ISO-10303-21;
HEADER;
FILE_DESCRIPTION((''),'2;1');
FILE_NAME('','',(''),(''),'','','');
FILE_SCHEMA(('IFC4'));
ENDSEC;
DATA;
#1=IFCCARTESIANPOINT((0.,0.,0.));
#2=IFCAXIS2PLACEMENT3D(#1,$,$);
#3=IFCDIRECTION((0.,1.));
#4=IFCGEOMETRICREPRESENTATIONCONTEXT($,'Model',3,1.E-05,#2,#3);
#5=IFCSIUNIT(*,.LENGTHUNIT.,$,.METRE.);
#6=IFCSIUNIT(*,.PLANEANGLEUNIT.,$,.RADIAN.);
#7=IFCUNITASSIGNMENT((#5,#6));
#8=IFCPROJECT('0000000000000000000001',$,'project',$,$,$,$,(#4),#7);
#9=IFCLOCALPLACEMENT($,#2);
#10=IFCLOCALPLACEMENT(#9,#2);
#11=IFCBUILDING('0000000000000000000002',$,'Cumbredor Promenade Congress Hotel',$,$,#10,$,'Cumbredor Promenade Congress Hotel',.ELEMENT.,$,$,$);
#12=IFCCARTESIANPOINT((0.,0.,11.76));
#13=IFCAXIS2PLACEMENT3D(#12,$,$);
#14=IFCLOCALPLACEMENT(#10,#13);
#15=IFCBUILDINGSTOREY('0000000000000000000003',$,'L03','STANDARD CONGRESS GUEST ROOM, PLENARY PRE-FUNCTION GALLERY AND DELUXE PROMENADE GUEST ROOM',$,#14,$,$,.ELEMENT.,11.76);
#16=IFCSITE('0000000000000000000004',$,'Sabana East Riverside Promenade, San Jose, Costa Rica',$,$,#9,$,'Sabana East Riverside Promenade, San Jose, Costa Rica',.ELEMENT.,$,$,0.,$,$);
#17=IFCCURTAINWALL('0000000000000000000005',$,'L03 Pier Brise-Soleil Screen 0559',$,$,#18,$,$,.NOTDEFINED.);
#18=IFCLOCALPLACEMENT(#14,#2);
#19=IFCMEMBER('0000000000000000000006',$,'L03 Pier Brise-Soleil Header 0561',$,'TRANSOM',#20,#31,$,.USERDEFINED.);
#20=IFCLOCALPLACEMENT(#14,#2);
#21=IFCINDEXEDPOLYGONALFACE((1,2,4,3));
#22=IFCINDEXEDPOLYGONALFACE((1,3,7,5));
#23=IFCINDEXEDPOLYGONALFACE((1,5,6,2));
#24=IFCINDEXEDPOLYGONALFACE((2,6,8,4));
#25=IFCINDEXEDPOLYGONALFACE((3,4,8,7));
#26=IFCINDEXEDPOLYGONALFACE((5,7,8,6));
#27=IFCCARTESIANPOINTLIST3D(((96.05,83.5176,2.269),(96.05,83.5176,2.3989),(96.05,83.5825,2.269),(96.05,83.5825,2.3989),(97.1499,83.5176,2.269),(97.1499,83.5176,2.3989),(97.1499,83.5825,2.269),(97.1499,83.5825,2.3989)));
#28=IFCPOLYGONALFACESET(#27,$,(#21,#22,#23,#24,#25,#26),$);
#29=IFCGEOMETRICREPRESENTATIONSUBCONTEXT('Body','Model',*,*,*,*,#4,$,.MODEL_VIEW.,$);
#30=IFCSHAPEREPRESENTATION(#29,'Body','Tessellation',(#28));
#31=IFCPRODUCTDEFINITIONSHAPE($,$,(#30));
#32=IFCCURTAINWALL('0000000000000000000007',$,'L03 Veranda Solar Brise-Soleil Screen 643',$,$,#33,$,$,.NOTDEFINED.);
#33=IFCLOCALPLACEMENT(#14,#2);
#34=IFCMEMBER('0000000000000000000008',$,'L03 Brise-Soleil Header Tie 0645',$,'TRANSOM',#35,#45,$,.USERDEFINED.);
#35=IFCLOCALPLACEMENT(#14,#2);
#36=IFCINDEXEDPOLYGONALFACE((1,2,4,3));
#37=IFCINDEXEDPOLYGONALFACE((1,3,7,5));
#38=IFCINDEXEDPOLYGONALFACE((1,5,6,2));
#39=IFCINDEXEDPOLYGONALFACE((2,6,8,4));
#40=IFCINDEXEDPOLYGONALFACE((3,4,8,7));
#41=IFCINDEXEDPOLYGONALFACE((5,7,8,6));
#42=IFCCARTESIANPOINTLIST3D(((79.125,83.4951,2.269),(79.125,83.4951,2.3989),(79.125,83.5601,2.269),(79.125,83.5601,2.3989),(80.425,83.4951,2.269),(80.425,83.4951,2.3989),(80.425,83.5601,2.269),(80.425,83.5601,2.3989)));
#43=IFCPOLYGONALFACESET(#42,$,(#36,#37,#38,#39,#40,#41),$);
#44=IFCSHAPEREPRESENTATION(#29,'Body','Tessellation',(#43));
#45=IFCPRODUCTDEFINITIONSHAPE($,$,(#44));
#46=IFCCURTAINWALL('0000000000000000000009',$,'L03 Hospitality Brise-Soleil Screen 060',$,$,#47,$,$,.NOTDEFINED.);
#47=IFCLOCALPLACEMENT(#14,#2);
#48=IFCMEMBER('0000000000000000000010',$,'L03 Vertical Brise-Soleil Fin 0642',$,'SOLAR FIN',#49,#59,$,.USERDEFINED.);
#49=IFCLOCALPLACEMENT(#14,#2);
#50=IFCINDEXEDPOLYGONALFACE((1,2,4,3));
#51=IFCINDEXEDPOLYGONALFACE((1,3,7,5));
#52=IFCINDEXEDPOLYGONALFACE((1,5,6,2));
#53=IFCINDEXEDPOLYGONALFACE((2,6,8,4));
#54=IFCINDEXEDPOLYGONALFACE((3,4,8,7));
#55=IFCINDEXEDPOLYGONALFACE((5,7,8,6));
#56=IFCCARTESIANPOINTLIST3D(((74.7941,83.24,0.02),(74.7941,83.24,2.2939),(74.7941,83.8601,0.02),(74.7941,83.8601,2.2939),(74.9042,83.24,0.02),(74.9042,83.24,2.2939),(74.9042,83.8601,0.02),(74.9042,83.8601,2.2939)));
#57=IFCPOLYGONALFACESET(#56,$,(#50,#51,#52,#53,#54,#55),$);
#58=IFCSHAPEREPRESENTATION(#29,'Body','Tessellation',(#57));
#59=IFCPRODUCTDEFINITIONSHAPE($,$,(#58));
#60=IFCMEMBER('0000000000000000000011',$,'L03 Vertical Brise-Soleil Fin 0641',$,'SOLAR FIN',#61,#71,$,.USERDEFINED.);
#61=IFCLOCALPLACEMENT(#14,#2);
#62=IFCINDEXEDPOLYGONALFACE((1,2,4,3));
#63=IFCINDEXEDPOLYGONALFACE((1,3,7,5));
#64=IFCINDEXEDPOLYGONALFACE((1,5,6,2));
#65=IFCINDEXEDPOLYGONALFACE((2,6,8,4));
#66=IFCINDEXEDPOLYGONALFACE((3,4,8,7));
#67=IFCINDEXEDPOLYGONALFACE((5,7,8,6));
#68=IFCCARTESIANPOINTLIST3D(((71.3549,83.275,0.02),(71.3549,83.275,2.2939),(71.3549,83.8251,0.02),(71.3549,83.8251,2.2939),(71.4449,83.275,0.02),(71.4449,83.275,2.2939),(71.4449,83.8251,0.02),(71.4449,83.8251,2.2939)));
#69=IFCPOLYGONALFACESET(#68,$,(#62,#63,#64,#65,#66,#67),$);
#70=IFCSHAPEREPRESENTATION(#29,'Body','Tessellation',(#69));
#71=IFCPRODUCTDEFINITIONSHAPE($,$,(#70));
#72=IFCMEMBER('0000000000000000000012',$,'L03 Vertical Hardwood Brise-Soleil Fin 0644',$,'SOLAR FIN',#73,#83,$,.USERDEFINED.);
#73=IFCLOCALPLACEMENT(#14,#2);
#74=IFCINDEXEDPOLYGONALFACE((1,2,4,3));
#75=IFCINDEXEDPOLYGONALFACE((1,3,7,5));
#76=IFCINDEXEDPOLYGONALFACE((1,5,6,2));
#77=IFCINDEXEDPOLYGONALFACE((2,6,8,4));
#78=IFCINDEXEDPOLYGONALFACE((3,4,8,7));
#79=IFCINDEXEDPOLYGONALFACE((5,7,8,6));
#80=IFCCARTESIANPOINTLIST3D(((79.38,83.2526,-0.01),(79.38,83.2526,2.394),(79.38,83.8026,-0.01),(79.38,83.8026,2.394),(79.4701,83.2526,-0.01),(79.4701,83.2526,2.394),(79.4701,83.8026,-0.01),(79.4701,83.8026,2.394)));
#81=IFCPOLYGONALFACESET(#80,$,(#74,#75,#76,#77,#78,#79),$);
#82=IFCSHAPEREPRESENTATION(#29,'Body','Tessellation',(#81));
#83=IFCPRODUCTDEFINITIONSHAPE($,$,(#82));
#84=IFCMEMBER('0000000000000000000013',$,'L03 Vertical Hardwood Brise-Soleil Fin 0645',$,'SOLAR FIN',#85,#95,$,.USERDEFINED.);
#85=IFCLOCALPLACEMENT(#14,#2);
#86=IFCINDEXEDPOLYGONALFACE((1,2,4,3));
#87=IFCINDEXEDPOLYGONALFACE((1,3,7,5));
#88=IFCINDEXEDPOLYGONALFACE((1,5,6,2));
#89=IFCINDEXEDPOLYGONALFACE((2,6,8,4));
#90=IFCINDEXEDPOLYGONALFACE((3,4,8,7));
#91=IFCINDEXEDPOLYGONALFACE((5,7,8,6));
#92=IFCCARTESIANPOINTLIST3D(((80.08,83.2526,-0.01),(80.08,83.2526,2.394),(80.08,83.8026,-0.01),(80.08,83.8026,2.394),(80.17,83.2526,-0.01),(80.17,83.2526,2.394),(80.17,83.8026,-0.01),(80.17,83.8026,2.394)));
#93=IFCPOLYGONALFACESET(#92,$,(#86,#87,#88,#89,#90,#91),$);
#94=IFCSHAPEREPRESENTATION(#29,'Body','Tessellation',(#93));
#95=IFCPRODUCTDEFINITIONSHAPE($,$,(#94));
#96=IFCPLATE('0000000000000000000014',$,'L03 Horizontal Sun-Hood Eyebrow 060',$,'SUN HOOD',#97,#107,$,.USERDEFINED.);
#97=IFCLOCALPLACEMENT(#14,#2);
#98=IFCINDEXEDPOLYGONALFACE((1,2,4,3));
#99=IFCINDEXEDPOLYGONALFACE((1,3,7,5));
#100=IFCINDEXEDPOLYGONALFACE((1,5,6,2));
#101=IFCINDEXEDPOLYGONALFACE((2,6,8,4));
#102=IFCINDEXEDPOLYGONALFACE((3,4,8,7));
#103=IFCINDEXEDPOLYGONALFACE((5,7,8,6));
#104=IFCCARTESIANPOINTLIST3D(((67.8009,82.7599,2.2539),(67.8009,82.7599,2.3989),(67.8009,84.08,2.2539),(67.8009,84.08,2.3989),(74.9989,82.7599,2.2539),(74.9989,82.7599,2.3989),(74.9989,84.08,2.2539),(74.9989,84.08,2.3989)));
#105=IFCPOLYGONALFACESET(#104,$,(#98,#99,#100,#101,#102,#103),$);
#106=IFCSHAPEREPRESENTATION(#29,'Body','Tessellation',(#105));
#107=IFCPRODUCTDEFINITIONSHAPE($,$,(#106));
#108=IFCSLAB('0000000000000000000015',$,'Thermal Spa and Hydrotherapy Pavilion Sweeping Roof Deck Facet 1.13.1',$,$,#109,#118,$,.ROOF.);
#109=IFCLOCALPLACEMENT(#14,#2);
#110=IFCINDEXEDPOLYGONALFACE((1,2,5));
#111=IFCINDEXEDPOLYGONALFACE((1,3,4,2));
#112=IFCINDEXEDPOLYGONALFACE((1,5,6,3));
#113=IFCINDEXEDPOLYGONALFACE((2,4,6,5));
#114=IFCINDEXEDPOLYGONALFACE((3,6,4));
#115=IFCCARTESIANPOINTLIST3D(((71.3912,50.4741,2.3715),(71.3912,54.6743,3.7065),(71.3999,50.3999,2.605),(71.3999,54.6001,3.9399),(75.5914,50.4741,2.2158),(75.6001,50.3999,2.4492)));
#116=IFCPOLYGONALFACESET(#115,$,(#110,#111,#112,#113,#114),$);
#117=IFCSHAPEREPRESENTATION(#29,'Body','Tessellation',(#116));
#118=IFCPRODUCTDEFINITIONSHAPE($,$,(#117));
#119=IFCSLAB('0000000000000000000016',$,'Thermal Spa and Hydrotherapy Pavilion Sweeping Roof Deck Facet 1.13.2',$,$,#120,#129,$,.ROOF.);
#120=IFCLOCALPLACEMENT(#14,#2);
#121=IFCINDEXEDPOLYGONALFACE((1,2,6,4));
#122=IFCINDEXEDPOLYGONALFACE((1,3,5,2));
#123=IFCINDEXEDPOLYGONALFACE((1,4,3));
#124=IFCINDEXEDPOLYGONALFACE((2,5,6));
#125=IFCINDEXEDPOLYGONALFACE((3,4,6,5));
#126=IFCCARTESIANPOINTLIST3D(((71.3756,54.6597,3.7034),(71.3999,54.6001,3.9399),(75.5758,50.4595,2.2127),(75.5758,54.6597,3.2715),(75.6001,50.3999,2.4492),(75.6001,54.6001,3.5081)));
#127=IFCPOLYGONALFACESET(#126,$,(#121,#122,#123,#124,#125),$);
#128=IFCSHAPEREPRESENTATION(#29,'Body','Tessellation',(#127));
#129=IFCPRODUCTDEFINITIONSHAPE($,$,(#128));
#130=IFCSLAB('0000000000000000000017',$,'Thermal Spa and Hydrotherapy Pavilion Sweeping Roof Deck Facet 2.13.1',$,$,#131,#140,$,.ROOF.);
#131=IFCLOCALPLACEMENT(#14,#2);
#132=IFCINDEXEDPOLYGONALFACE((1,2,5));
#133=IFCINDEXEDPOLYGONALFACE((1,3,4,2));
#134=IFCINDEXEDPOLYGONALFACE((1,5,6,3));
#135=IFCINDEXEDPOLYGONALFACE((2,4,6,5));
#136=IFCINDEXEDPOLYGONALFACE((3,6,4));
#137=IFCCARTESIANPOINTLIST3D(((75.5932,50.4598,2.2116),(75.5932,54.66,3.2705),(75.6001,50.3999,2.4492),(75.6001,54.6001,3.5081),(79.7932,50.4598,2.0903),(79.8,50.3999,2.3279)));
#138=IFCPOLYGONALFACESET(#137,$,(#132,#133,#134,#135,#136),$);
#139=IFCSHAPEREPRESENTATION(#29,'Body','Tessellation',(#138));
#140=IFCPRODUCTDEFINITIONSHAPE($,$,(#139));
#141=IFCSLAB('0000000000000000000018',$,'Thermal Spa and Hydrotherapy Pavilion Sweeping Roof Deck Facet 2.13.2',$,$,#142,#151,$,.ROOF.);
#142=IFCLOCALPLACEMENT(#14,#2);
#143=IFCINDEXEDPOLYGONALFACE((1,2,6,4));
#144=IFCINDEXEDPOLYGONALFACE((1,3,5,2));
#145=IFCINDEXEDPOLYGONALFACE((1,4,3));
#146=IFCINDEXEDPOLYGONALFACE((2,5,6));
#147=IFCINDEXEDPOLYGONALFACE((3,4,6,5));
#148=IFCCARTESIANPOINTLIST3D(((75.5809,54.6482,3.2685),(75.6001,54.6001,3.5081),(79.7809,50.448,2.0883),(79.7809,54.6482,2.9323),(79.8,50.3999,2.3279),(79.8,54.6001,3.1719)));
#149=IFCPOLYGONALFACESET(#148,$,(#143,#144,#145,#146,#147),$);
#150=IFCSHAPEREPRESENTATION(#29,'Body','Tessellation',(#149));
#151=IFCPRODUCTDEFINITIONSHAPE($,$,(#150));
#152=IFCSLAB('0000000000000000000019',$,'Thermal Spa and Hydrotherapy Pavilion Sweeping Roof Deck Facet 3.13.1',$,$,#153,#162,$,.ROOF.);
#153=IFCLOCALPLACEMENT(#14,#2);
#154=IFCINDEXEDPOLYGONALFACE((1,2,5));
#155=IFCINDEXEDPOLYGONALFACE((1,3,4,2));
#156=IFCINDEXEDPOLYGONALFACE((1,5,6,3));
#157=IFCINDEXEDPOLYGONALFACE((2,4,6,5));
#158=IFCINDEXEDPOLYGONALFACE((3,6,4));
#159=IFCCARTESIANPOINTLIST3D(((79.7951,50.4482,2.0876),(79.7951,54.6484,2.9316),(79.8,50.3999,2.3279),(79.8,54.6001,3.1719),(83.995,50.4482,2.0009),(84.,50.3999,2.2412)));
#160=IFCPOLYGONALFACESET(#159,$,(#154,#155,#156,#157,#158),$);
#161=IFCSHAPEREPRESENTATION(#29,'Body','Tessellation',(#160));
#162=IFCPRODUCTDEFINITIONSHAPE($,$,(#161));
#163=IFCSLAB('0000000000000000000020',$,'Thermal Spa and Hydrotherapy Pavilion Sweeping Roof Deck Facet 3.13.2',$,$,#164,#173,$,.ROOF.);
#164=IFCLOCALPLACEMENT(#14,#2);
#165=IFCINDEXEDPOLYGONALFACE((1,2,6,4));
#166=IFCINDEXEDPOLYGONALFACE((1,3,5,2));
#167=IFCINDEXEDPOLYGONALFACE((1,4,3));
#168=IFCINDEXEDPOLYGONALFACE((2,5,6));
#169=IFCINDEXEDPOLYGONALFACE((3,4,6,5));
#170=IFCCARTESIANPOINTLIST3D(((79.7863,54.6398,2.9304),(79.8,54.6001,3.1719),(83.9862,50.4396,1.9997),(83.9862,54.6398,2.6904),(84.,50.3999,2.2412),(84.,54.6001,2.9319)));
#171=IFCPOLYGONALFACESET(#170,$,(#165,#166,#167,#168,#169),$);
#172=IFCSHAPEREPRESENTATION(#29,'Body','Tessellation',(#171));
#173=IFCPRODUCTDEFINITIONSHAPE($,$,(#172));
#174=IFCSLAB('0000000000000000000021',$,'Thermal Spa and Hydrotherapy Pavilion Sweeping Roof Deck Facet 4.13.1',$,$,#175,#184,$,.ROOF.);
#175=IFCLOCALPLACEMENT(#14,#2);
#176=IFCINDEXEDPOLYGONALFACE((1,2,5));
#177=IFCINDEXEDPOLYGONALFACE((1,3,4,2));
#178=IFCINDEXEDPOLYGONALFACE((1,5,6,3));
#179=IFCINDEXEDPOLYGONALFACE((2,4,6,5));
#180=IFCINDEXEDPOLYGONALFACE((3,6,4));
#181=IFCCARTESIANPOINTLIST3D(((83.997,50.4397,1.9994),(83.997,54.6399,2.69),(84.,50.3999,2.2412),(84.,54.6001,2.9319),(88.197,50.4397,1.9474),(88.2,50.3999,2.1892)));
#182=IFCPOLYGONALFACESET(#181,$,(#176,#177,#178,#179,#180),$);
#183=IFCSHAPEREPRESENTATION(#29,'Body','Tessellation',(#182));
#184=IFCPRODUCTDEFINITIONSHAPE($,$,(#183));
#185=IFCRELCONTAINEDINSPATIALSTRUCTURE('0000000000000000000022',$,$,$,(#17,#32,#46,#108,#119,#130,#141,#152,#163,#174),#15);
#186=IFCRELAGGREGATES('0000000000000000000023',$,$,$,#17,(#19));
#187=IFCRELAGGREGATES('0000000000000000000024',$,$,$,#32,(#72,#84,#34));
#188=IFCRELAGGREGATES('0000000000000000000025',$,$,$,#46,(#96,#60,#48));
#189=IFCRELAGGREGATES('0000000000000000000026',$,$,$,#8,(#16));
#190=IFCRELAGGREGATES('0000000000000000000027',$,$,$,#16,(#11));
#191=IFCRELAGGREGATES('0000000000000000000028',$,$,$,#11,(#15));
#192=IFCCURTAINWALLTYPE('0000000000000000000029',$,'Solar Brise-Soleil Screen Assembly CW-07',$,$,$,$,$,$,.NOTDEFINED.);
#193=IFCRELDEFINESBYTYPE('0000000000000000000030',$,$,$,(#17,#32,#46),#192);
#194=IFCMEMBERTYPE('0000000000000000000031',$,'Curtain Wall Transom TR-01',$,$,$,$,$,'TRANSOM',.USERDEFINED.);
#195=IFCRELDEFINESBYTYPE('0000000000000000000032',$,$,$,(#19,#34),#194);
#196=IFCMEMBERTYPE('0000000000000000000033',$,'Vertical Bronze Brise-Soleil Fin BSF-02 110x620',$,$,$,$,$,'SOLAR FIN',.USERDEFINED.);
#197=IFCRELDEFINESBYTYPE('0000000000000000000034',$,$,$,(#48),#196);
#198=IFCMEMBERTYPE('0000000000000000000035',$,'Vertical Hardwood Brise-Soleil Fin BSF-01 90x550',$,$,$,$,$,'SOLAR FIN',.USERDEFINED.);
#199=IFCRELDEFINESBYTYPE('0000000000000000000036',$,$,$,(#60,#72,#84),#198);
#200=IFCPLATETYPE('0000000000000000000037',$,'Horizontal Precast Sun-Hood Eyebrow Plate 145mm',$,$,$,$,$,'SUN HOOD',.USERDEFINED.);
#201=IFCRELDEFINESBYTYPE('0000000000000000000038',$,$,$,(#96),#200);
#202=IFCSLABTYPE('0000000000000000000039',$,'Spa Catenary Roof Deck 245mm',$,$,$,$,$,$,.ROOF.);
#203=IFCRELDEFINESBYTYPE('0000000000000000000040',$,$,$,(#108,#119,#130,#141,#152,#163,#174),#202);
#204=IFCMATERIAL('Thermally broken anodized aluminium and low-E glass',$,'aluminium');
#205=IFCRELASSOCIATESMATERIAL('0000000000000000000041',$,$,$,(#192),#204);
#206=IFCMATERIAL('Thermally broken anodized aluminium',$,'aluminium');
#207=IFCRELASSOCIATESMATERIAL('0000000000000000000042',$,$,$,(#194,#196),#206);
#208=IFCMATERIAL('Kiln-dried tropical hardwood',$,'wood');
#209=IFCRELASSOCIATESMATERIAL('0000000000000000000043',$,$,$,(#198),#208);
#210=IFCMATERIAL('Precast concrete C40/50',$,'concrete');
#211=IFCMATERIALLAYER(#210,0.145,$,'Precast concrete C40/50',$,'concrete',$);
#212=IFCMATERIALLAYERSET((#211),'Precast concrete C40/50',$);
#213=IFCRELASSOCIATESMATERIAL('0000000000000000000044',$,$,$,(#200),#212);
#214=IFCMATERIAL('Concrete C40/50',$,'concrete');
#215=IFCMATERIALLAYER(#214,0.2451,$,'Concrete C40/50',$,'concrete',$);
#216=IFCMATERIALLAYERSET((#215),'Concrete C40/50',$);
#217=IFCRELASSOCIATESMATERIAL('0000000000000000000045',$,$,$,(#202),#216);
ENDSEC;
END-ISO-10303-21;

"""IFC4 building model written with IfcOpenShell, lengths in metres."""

from ifc_helpers import new_model, si_unit, direction, frame, origin, origin_2d, place, context, subcontext, project, spatial, polyline, rectangle, outline, extrude, material, layer, layer_set, material_profile, profile_set, type_object, element, aggregate, save


model = new_model("IFC4")

# Units and contexts
model_context = context("Model", 3, precision=1e-05, world=origin(), true_north=direction((0.0, 1.0)))
body_context = subcontext(model_context, "Body", "Model", "MODEL_VIEW")
ifc_project = project(units=[si_unit("LENGTHUNIT", "METRE"), si_unit("PLANEANGLEUNIT", "RADIAN")], contexts=[model_context])

# Site, building, storey
site_placement = place(None, origin())
site = spatial("IfcSite", under=ifc_project, at=site_placement, Name="Sabana East Riverside Promenade, San Jose, Costa Rica", LongName="Sabana East Riverside Promenade, San Jose, Costa Rica", CompositionType="ELEMENT", RefElevation=0.0)
building_placement = place(site_placement, origin())
building = spatial("IfcBuilding", under=site, at=building_placement, Name="Cumbredor Promenade Congress Hotel", LongName="Cumbredor Promenade Congress Hotel", CompositionType="ELEMENT")
storey_placement = place(building_placement, frame((0.0, 0.0, 11.76)))
storey = spatial("IfcBuildingStorey", under=building, at=storey_placement, Name="L03", Description="STANDARD CONGRESS GUEST ROOM, PLENARY PRE-FUNCTION GALLERY AND DELUXE PROMENADE GUEST ROOM", CompositionType="ELEMENT", Elevation=11.76)

# Curtain walls, members
ifc_material_1 = material(Name="Thermally broken anodized aluminium and low-E glass", Category="aluminium")
curtain_wall_type = type_object("IfcCurtainWallType", Name="Solar Brise-Soleil Screen Assembly CW-07", PredefinedType="NOTDEFINED", material=ifc_material_1)
curtain_wall_1_placement = place(storey_placement, origin())
curtain_wall_1 = element("IfcCurtainWall", 1, at=curtain_wall_1_placement, inside=storey, type_object=curtain_wall_type, Name="L03 Pier Brise-Soleil Screen 0559", PredefinedType="NOTDEFINED")
ifc_material_2 = material(Name="Thermally broken anodized aluminium", Category="aluminium")
ifc_material_profile_1 = material_profile(ifc_material_2, rectangle(XDim=0.0649, YDim=0.1299, at=origin_2d()), Name="ALU TRANSOM 65x130")
ifc_profile_set_1 = profile_set([ifc_material_profile_1], Name="Thermally broken anodized aluminium")
member_type_1 = type_object("IfcMemberType", Name="Curtain Wall Transom TR-01", ElementType="TRANSOM", PredefinedType="USERDEFINED", material=ifc_profile_set_1)
member_1_placement = place(storey_placement, frame((96.05, 83.55, 2.334), z_axis=(1.0, 0.0, 0.0), x_axis=(0.0, 1.0, 0.0)))
member_1 = element("IfcMember", 2, at=member_1_placement, type_object=member_type_1, Name="L03 Pier Brise-Soleil Header 0561", ObjectType="TRANSOM", PredefinedType="USERDEFINED", context=body_context, shape_type="SweptSolid", body=[
    extrude(rectangle(XDim=0.0649, YDim=0.1299, at=origin_2d()), origin(), (0.0, 0.0, 1.0), 1.0999),
])
aggregate(curtain_wall_1, [member_1])
curtain_wall_2_placement = place(storey_placement, origin())
curtain_wall_2 = element("IfcCurtainWall", 3, at=curtain_wall_2_placement, inside=storey, type_object=curtain_wall_type, Name="L03 Veranda Solar Brise-Soleil Screen 643", PredefinedType="NOTDEFINED")
member_2_placement = place(storey_placement, frame((79.125, 83.5276, 2.334), z_axis=(1.0, 0.0, 0.0), x_axis=(0.0, 1.0, 0.0)))
member_2 = element("IfcMember", 4, at=member_2_placement, type_object=member_type_1, Name="L03 Brise-Soleil Header Tie 0645", ObjectType="TRANSOM", PredefinedType="USERDEFINED", context=body_context, shape_type="SweptSolid", body=[
    extrude(rectangle(XDim=0.0649, YDim=0.1299, at=origin_2d()), origin(), (0.0, 0.0, 1.0), 1.3),
])

# Curtain wall, members
curtain_wall_3_placement = place(storey_placement, origin())
curtain_wall_3 = element("IfcCurtainWall", 5, at=curtain_wall_3_placement, inside=storey, type_object=curtain_wall_type, Name="L03 Hospitality Brise-Soleil Screen 060", PredefinedType="NOTDEFINED")
ifc_material_profile_2 = material_profile(ifc_material_2, rectangle(XDim=0.1101, YDim=0.6201, at=origin_2d()), Name="ARCH FIN 110x620")
ifc_profile_set_2 = profile_set([ifc_material_profile_2], Name="Thermally broken anodized aluminium")
member_type_2 = type_object("IfcMemberType", Name="Vertical Bronze Brise-Soleil Fin BSF-02 110x620", ElementType="SOLAR FIN", PredefinedType="USERDEFINED", material=ifc_profile_set_2)
member_3_placement = place(storey_placement, frame((74.8491, 83.55, 0.02), z_axis=(0.0, 0.0, 1.0), x_axis=(1.0, 0.0, 0.0)))
member_3 = element("IfcMember", 6, at=member_3_placement, type_object=member_type_2, Name="L03 Vertical Brise-Soleil Fin 0642", ObjectType="SOLAR FIN", PredefinedType="USERDEFINED", context=body_context, shape_type="SweptSolid", body=[
    extrude(rectangle(XDim=0.1101, YDim=0.6201, at=origin_2d()), origin(), (0.0, 0.0, 1.0), 2.2739),
])
ifc_material_3 = material(Name="Kiln-dried tropical hardwood", Category="wood")
ifc_material_profile_3 = material_profile(ifc_material_3, rectangle(XDim=0.0901, YDim=0.55, at=origin_2d()), Name="ARCH FIN 90x550")
ifc_profile_set_3 = profile_set([ifc_material_profile_3], Name="Kiln-dried tropical hardwood")
member_type_3 = type_object("IfcMemberType", Name="Vertical Hardwood Brise-Soleil Fin BSF-01 90x550", ElementType="SOLAR FIN", PredefinedType="USERDEFINED", material=ifc_profile_set_3)
member_4_placement = place(storey_placement, frame((71.3999, 83.55, 0.02), z_axis=(0.0, 0.0, 1.0), x_axis=(1.0, 0.0, 0.0)))
member_4 = element("IfcMember", 7, at=member_4_placement, type_object=member_type_3, Name="L03 Vertical Brise-Soleil Fin 0641", ObjectType="SOLAR FIN", PredefinedType="USERDEFINED", context=body_context, shape_type="SweptSolid", body=[
    extrude(rectangle(XDim=0.0901, YDim=0.55, at=origin_2d()), origin(), (0.0, 0.0, 1.0), 2.2739),
])

# Members
member_5_placement = place(storey_placement, frame((79.425, 83.5276, -0.01), z_axis=(0.0, 0.0, 1.0), x_axis=(1.0, 0.0, 0.0)))
member_5 = element("IfcMember", 8, at=member_5_placement, type_object=member_type_3, Name="L03 Vertical Hardwood Brise-Soleil Fin 0644", ObjectType="SOLAR FIN", PredefinedType="USERDEFINED", context=body_context, shape_type="SweptSolid", body=[
    extrude(rectangle(XDim=0.0901, YDim=0.55, at=origin_2d()), origin(), (0.0, 0.0, 1.0), 2.4041),
])
member_6_placement = place(storey_placement, frame((80.125, 83.5276, -0.01), z_axis=(0.0, 0.0, 1.0), x_axis=(1.0, 0.0, 0.0)))
member_6 = element("IfcMember", 9, at=member_6_placement, type_object=member_type_3, Name="L03 Vertical Hardwood Brise-Soleil Fin 0645", ObjectType="SOLAR FIN", PredefinedType="USERDEFINED", context=body_context, shape_type="SweptSolid", body=[
    extrude(rectangle(XDim=0.0901, YDim=0.55, at=origin_2d()), origin(), (0.0, 0.0, 1.0), 2.4041),
])
aggregate(curtain_wall_2, [member_5, member_6, member_2])

# Plate
ifc_material_4 = material(Name="Precast concrete C40/50", Category="concrete")
ifc_layer_1 = layer(ifc_material_4, 0.145, Name="Precast concrete C40/50", Category="concrete")
ifc_layer_set_1 = layer_set([ifc_layer_1], Name="Precast concrete C40/50")
plate_type = type_object("IfcPlateType", Name="Horizontal Precast Sun-Hood Eyebrow Plate 145mm", ElementType="SUN HOOD", PredefinedType="USERDEFINED", material=ifc_layer_set_1)
plate_placement = place(storey_placement, frame((71.3999, 83.4199, 2.2539), z_axis=(0.0, 0.0, 1.0), x_axis=(1.0, 0.0, 0.0)))
plate = element("IfcPlate", 10, at=plate_placement, type_object=plate_type, Name="L03 Horizontal Sun-Hood Eyebrow 060", ObjectType="SUN HOOD", PredefinedType="USERDEFINED", context=body_context, shape_type="SweptSolid", body=[
    extrude(rectangle(XDim=7.198, YDim=1.3201, at=origin_2d()), origin(), (0.0, 0.0, 1.0), 0.145),
])
aggregate(curtain_wall_3, [plate, member_4, member_3])

# Slabs
ifc_material_5 = material(Name="Concrete C40/50", Category="concrete")
ifc_layer_2 = layer(ifc_material_5, 0.2451, Name="Concrete C40/50", Category="concrete")
ifc_layer_set_2 = layer_set([ifc_layer_2], Name="Concrete C40/50")
slab_type = type_object("IfcSlabType", Name="Spa Catenary Roof Deck 245mm", PredefinedType="ROOF", material=ifc_layer_set_2)
slab_1_placement = place(storey_placement, frame((71.3999, 50.3999, 2.605), z_axis=(0.03532, -0.302713, 0.952427), x_axis=(0.999313, 0.0, -0.037059)))
element("IfcSlab", 11, at=slab_1_placement, inside=storey, type_object=slab_type, Name="Thermal Spa and Hydrotherapy Pavilion Sweeping Roof Deck Facet 1.13.1", PredefinedType="ROOF", context=body_context, shape_type="SweptSolid", body=[
    extrude(outline(polyline([(0.0, 0.0), (4.2031, 0.0), (-0.0495, 4.407), (0.0, 0.0)])), origin(), (0.0, 0.0, -1.0), 0.2451),
])
slab_2_placement = place(storey_placement, frame((75.6001, 50.3999, 2.4492), z_axis=(0.099214, -0.243239, 0.964879), x_axis=(0.0, 0.969663, 0.244445)))
element("IfcSlab", 12, at=slab_2_placement, inside=storey, type_object=slab_type, Name="Thermal Spa and Hydrotherapy Pavilion Sweeping Roof Deck Facet 1.13.2", PredefinedType="ROOF", context=body_context, shape_type="SweptSolid", body=[
    extrude(outline(polyline([(0.0, 0.0), (4.3316, 0.0), (4.4372, 4.221), (0.0, 0.0)])), origin(), (0.0, 0.0, -1.0), 0.2451),
])
slab_3_placement = place(storey_placement, frame((75.6001, 50.3999, 2.4492), z_axis=(0.028003, -0.244349, 0.969283), x_axis=(0.999583, 0.0, -0.028878)))
element("IfcSlab", 13, at=slab_3_placement, inside=storey, type_object=slab_type, Name="Thermal Spa and Hydrotherapy Pavilion Sweeping Roof Deck Facet 2.13.1", PredefinedType="ROOF", context=body_context, shape_type="SweptSolid", body=[
    extrude(outline(polyline([(0.0, 0.0), (4.2017, 0.0), (-0.0306, 4.3315), (0.0, 0.0)])), origin(), (0.0, 0.0, -1.0), 0.2451),
])
slab_4_placement = place(storey_placement, frame((79.8, 50.3999, 2.3279), z_axis=(0.078235, -0.1964, 0.977398), x_axis=(0.0, 0.980403, 0.197004)))
element("IfcSlab", 14, at=slab_4_placement, inside=storey, type_object=slab_type, Name="Thermal Spa and Hydrotherapy Pavilion Sweeping Roof Deck Facet 2.13.2", PredefinedType="ROOF", context=body_context, shape_type="SweptSolid", body=[
    extrude(outline(polyline([(0.0, 0.0), (4.2842, 0.0), (4.3504, 4.2129), (0.0, 0.0)])), origin(), (0.0, 0.0, -1.0), 0.2451),
])
slab_5_placement = place(storey_placement, frame((79.8, 50.3999, 2.3279), z_axis=(0.020227, -0.196963, 0.980202), x_axis=(0.999787, 0.0, -0.020632)))
element("IfcSlab", 15, at=slab_5_placement, inside=storey, type_object=slab_type, Name="Thermal Spa and Hydrotherapy Pavilion Sweeping Roof Deck Facet 3.13.1", PredefinedType="ROOF", context=body_context, shape_type="SweptSolid", body=[
    extrude(outline(polyline([(0.0, 0.0), (4.2008, 0.0), (-0.0174, 4.2841), (0.0, 0.0)])), origin(), (0.0, 0.0, -1.0), 0.2451),
])
slab_6_placement = place(storey_placement, frame((84.0, 50.3999, 2.2412), z_axis=(0.056295, -0.162002, 0.985183), x_axis=(0.0, 0.986748, 0.162259)))
element("IfcSlab", 16, at=slab_6_placement, inside=storey, type_object=slab_type, Name="Thermal Spa and Hydrotherapy Pavilion Sweeping Roof Deck Facet 3.13.2", PredefinedType="ROOF", context=body_context, shape_type="SweptSolid", body=[
    extrude(outline(polyline([(0.0, 0.0), (4.2566, 0.0), (4.2955, 4.2066), (0.0, 0.0)])), origin(), (0.0, 0.0, -1.0), 0.2451),
])
slab_7_placement = place(storey_placement, frame((84.0, 50.3999, 2.2412), z_axis=(0.012217, -0.162247, 0.986675), x_axis=(0.999923, 0.0, -0.012381)))
element("IfcSlab", 17, at=slab_7_placement, inside=storey, type_object=slab_type, Name="Thermal Spa and Hydrotherapy Pavilion Sweeping Roof Deck Facet 4.13.1", PredefinedType="ROOF", context=body_context, shape_type="SweptSolid", body=[
    extrude(outline(polyline([(0.0, 0.0), (4.2003, 0.0), (-0.0086, 4.2566), (0.0, 0.0)])), origin(), (0.0, 0.0, -1.0), 0.2451),
])

save(model, "model.ifc")
